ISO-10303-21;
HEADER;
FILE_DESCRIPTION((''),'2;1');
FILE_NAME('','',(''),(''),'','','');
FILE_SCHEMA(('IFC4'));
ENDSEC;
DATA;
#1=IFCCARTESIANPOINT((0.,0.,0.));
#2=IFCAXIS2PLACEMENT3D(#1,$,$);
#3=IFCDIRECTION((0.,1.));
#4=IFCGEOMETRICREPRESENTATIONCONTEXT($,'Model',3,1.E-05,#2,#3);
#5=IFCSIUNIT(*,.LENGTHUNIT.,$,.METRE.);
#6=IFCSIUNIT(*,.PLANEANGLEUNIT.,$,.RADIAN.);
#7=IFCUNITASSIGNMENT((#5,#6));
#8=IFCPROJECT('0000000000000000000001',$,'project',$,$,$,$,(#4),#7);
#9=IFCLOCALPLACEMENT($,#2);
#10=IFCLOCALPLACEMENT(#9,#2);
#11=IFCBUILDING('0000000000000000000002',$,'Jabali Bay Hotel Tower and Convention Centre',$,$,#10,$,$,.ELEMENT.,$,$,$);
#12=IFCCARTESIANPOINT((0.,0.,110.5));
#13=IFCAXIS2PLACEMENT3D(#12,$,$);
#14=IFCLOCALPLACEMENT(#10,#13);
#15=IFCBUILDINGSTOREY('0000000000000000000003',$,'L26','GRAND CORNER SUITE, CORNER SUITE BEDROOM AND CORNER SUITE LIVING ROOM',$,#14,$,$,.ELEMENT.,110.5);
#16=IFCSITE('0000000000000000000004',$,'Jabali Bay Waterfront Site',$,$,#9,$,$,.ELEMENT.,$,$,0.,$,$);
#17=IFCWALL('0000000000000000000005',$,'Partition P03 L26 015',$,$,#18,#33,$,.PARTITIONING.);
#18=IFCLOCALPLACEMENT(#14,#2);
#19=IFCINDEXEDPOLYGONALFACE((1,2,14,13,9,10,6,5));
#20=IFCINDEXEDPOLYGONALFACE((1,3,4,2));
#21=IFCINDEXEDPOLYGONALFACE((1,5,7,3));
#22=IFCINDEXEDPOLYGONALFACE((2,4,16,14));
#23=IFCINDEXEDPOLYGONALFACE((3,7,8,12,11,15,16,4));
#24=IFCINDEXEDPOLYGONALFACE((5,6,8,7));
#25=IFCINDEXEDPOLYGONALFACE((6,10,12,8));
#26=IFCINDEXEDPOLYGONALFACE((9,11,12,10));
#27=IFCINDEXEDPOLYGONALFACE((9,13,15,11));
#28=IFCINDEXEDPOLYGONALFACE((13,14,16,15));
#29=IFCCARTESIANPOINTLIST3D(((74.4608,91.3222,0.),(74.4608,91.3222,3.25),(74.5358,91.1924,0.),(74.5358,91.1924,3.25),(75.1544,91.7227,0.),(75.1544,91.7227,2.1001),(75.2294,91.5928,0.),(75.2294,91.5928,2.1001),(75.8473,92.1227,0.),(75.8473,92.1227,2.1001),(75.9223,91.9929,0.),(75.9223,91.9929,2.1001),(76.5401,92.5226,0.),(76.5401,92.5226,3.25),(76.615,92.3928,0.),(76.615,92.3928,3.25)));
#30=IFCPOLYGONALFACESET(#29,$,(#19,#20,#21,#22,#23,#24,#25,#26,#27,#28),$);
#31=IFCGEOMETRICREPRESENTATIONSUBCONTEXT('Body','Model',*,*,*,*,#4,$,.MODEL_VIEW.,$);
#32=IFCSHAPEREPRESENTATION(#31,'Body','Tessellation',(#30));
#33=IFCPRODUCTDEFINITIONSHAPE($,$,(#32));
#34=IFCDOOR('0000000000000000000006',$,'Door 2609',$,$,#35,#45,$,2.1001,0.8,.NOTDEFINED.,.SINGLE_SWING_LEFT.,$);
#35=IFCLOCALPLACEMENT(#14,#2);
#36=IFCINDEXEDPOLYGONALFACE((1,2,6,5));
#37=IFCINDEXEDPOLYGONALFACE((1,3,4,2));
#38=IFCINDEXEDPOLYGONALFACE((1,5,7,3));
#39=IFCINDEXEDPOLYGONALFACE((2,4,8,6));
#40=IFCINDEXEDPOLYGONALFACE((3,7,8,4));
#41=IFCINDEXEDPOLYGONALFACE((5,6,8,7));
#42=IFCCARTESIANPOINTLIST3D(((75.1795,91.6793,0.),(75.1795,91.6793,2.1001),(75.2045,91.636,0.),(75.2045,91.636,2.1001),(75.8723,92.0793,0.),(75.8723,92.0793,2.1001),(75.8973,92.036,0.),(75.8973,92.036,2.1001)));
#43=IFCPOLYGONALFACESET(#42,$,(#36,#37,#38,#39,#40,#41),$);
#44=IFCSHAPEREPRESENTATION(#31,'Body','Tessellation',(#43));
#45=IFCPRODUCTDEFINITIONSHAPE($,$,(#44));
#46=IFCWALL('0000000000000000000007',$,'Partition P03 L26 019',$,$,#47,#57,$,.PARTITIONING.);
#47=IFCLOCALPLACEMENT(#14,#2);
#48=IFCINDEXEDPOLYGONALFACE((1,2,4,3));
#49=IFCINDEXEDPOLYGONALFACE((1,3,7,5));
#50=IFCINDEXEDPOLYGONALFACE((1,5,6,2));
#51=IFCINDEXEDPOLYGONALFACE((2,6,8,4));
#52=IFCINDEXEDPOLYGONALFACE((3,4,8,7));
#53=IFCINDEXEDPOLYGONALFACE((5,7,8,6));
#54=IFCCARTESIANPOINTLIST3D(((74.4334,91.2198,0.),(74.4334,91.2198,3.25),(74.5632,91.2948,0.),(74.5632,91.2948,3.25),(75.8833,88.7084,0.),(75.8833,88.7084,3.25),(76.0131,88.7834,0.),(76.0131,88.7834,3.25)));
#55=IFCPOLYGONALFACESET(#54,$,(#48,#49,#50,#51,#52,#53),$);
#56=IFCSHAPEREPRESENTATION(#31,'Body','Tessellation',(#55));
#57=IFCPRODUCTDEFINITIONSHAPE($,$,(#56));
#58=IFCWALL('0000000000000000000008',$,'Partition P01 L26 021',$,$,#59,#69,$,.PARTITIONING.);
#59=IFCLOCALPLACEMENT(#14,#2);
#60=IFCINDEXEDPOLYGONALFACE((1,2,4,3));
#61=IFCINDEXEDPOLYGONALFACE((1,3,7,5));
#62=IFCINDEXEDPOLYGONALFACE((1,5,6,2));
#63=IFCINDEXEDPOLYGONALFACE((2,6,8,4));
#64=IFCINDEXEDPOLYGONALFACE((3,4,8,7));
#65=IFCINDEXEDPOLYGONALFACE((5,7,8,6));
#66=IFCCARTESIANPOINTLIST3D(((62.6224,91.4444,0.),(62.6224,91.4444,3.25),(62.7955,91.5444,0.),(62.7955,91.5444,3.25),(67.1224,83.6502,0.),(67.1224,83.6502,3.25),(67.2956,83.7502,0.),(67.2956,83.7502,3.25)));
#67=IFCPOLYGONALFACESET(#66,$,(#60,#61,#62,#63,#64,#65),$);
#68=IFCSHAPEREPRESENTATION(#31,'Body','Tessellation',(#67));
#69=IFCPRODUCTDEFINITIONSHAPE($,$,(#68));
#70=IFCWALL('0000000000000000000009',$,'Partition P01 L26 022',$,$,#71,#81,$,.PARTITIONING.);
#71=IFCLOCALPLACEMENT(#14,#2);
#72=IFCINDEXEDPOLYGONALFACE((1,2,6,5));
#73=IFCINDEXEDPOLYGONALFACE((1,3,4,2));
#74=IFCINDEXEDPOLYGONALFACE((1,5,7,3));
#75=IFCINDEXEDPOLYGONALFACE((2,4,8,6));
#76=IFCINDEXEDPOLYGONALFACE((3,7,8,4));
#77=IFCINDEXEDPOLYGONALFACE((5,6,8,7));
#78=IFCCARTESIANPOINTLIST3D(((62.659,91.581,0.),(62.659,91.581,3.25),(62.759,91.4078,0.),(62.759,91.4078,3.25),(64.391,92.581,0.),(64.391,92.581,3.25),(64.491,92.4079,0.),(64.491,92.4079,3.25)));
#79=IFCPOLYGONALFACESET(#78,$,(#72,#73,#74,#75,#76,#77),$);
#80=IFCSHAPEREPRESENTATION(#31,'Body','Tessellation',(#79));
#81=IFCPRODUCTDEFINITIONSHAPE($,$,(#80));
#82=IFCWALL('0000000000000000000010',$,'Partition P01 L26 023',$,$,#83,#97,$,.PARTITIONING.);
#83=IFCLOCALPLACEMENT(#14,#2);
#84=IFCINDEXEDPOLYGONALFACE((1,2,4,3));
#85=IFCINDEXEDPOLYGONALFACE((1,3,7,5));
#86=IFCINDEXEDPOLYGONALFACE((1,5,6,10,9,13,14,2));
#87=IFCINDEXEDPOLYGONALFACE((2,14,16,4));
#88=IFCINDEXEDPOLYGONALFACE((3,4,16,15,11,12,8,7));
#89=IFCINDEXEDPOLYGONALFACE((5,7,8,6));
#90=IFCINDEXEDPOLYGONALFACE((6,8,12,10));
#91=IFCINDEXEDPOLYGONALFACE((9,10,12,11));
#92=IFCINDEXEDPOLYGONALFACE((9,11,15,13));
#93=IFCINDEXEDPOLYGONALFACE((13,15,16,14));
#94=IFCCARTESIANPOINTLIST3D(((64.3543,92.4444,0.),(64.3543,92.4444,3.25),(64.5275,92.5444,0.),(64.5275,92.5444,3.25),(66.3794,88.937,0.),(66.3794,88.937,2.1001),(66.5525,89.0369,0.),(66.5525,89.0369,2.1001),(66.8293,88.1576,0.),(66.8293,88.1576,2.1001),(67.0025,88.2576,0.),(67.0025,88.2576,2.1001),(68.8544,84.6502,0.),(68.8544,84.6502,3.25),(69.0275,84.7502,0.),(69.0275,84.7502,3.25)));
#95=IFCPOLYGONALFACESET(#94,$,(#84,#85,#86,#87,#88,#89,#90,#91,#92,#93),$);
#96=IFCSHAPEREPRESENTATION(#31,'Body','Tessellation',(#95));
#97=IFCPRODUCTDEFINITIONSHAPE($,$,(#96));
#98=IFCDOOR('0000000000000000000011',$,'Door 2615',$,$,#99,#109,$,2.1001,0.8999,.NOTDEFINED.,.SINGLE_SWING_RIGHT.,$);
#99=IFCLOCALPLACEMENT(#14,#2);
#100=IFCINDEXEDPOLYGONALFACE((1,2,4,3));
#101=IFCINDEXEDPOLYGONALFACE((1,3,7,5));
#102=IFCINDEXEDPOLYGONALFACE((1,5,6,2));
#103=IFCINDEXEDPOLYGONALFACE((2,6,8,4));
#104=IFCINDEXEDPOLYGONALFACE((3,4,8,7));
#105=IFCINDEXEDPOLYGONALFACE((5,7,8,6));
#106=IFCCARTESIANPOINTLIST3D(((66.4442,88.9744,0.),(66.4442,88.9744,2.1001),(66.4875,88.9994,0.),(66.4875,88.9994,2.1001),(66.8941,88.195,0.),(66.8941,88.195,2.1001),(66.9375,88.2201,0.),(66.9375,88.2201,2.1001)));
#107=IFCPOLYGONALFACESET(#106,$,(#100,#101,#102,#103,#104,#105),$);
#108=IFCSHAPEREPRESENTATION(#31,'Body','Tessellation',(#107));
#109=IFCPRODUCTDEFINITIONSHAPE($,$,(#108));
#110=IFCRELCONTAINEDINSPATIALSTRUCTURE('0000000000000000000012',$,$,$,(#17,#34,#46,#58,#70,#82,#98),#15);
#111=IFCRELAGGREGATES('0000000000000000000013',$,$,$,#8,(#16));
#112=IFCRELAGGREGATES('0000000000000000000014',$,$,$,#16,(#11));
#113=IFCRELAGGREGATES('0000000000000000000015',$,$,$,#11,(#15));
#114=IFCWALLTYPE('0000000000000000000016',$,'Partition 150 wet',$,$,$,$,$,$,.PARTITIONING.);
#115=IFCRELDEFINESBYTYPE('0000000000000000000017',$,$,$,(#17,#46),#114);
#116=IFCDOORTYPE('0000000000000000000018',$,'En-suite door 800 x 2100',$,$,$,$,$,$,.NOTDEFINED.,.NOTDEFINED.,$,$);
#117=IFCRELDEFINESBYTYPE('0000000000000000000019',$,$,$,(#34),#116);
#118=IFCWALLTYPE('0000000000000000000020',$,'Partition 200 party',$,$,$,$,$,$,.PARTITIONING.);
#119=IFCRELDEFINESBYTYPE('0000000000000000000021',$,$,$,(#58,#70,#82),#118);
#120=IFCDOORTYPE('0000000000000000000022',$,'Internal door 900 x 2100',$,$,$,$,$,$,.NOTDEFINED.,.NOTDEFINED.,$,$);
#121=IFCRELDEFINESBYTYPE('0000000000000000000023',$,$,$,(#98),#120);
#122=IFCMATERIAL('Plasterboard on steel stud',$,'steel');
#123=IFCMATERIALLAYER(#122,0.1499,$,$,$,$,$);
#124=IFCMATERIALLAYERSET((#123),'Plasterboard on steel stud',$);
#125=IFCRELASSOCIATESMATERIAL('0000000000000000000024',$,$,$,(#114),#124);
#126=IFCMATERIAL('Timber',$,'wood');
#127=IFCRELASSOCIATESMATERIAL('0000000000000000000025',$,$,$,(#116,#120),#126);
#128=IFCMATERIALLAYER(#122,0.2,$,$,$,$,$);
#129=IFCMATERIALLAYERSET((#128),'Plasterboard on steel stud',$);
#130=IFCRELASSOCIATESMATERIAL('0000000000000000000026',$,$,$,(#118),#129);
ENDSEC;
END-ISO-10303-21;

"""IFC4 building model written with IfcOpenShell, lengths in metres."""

from ifc_helpers import new_model, si_unit, direction, frame, frame_2d, origin, place, context, subcontext, project, spatial, rectangle, extrude, material, layer, layer_set, type_object, element, fill, save


model = new_model("IFC4")

# Units and contexts
model_context = context("Model", 3, precision=1e-05, world=origin(), true_north=direction((0.0, 1.0)))
body_context = subcontext(model_context, "Body", "Model", "MODEL_VIEW")
ifc_project = project(units=[si_unit("LENGTHUNIT", "METRE"), si_unit("PLANEANGLEUNIT", "RADIAN")], contexts=[model_context])

# Site, building, storey
site_placement = place(None, origin())
site = spatial("IfcSite", under=ifc_project, at=site_placement, Name="Jabali Bay Waterfront Site", CompositionType="ELEMENT", RefElevation=0.0)
building_placement = place(site_placement, origin())
building = spatial("IfcBuilding", under=site, at=building_placement, Name="Jabali Bay Hotel Tower and Convention Centre", CompositionType="ELEMENT")
storey_placement = place(building_placement, frame((0.0, 0.0, 110.5)))
storey = spatial("IfcBuildingStorey", under=building, at=storey_placement, Name="L26", Description="GRAND CORNER SUITE, CORNER SUITE BEDROOM AND CORNER SUITE LIVING ROOM", CompositionType="ELEMENT", Elevation=110.5)

# Shared definitions
ifc_material_1 = material(Name="Timber", Category="wood")

# Shared definitions
ifc_material_2 = material(Name="Plasterboard on steel stud", Category="steel")

# Wall, opening, door
ifc_layer_1 = layer(ifc_material_2, 0.1499)
ifc_layer_set_1 = layer_set([ifc_layer_1], Name="Plasterboard on steel stud")
wall_type_1 = type_object("IfcWallType", Name="Partition 150 wet", PredefinedType="PARTITIONING", material=ifc_layer_set_1)
wall_1_placement = place(storey_placement, frame((74.4983, 91.2573, 0.0), z_axis=(0.0, 0.0, 1.0), x_axis=(0.866038, 0.499978, 0.0)))
wall_1 = element("IfcWall", 1, at=wall_1_placement, inside=storey, type_object=wall_type_1, Name="Partition P03 L26 015", PredefinedType="PARTITIONING", context=body_context, shape_type="SweptSolid", body=[
    extrude(rectangle(XDim=2.4009, YDim=0.1499, at=frame_2d((1.2004, 0.0))), origin(), (0.0, 0.0, 1.0), 3.25),
])
opening_1_placement = place(wall_1_placement, frame((0.801, 0.0, 0.0)))
opening_1 = element("IfcOpeningElement", 2, at=opening_1_placement, cuts=wall_1, PredefinedType="OPENING", context=body_context, shape_type="SweptSolid", body=[
    extrude(rectangle(XDim=0.8, YDim=2.1001, at=frame_2d((0.3999, 1.05))), frame((0.0, 0.0854, 0.0), z_axis=(0.0, -1.0, 0.0), x_axis=(1.0, 0.0, 0.0)), (0.0, 0.0, 1.0), 0.1709),
])
door_type_1 = type_object("IfcDoorType", Name="En-suite door 800 x 2100", OperationType="NOTDEFINED", PredefinedType="NOTDEFINED", material=ifc_material_1)
door_1_placement = place(opening_1_placement, origin())
door_1 = element("IfcDoor", 3, at=door_1_placement, inside=storey, type_object=door_type_1, Name="Door 2609", OperationType="SINGLE_SWING_LEFT", OverallHeight=2.1001, OverallWidth=0.8, PredefinedType="NOTDEFINED", context=body_context, shape_type="SweptSolid", body=[
    extrude(rectangle(XDim=0.8, YDim=2.1001, at=frame_2d((0.3999, 1.05))), frame((0.0, 0.0249, 0.0), z_axis=(0.0, -1.0, 0.0), x_axis=(1.0, 0.0, 0.0)), (0.0, 0.0, 1.0), 0.05),
])
fill(opening_1, door_1)

# Walls
wall_2_placement = place(storey_placement, frame((74.4983, 91.2573, 0.0), z_axis=(0.0, 0.0, 1.0), x_axis=(0.499987, -0.866033, 0.0)))
element("IfcWall", 4, at=wall_2_placement, inside=storey, type_object=wall_type_1, Name="Partition P03 L26 019", PredefinedType="PARTITIONING", context=body_context, shape_type="SweptSolid", body=[
    extrude(rectangle(XDim=2.8999, YDim=0.1499, at=frame_2d((1.45, 0.0))), origin(), (0.0, 0.0, 1.0), 3.25),
])
ifc_layer_2 = layer(ifc_material_2, 0.2)
ifc_layer_set_2 = layer_set([ifc_layer_2], Name="Plasterboard on steel stud")
wall_type_2 = type_object("IfcWallType", Name="Partition 200 party", PredefinedType="PARTITIONING", material=ifc_layer_set_2)
wall_3_placement = place(storey_placement, frame((67.209, 83.7002, 0.0), z_axis=(0.0, 0.0, 1.0), x_axis=(-0.500002, 0.866024, 0.0)))
element("IfcWall", 5, at=wall_3_placement, inside=storey, type_object=wall_type_2, Name="Partition P01 L26 021", PredefinedType="PARTITIONING", context=body_context, shape_type="SweptSolid", body=[
    extrude(rectangle(XDim=9.0, YDim=0.2, at=frame_2d((4.5, 0.0))), origin(), (0.0, 0.0, 1.0), 3.25),
])
wall_4_placement = place(storey_placement, frame((62.709, 91.4944, 0.0), z_axis=(0.0, 0.0, 1.0), x_axis=(0.866011, 0.500025, 0.0)))
element("IfcWall", 6, at=wall_4_placement, inside=storey, type_object=wall_type_2, Name="Partition P01 L26 022", PredefinedType="PARTITIONING", context=body_context, shape_type="SweptSolid", body=[
    extrude(rectangle(XDim=2.0, YDim=0.2, at=frame_2d((1.0, 0.0))), origin(), (0.0, 0.0, 1.0), 3.25),
])

# Wall, opening, door
wall_5_placement = place(storey_placement, frame((64.4409, 92.4944, 0.0), z_axis=(0.0, 0.0, 1.0), x_axis=(0.500002, -0.866024, 0.0)))
wall_5 = element("IfcWall", 7, at=wall_5_placement, inside=storey, type_object=wall_type_2, Name="Partition P01 L26 023", PredefinedType="PARTITIONING", context=body_context, shape_type="SweptSolid", body=[
    extrude(rectangle(XDim=9.0, YDim=0.2, at=frame_2d((4.5, 0.0))), origin(), (0.0, 0.0, 1.0), 3.25),
])
opening_2_placement = place(wall_5_placement, frame((4.05, 0.0, 0.0)))
opening_2 = element("IfcOpeningElement", 8, at=opening_2_placement, cuts=wall_5, PredefinedType="OPENING", context=body_context, shape_type="SweptSolid", body=[
    extrude(rectangle(XDim=0.8999, YDim=2.1001, at=frame_2d((0.45, 1.05))), frame((0.0, 0.1104, 0.0), z_axis=(0.0, -1.0, 0.0), x_axis=(1.0, 0.0, 0.0)), (0.0, 0.0, 1.0), 0.2209),
])
door_type_2 = type_object("IfcDoorType", Name="Internal door 900 x 2100", OperationType="NOTDEFINED", PredefinedType="NOTDEFINED", material=ifc_material_1)
door_2_placement = place(opening_2_placement, origin())
door_2 = element("IfcDoor", 9, at=door_2_placement, inside=storey, type_object=door_type_2, Name="Door 2615", OperationType="SINGLE_SWING_RIGHT", OverallHeight=2.1001, OverallWidth=0.8999, PredefinedType="NOTDEFINED", context=body_context, shape_type="SweptSolid", body=[
    extrude(rectangle(XDim=0.8999, YDim=2.1001, at=frame_2d((0.45, 1.05))), frame((0.0, 0.0249, 0.0), z_axis=(0.0, -1.0, 0.0), x_axis=(1.0, 0.0, 0.0)), (0.0, 0.0, 1.0), 0.05),
])
fill(opening_2, door_2)

save(model, "model.ifc")
